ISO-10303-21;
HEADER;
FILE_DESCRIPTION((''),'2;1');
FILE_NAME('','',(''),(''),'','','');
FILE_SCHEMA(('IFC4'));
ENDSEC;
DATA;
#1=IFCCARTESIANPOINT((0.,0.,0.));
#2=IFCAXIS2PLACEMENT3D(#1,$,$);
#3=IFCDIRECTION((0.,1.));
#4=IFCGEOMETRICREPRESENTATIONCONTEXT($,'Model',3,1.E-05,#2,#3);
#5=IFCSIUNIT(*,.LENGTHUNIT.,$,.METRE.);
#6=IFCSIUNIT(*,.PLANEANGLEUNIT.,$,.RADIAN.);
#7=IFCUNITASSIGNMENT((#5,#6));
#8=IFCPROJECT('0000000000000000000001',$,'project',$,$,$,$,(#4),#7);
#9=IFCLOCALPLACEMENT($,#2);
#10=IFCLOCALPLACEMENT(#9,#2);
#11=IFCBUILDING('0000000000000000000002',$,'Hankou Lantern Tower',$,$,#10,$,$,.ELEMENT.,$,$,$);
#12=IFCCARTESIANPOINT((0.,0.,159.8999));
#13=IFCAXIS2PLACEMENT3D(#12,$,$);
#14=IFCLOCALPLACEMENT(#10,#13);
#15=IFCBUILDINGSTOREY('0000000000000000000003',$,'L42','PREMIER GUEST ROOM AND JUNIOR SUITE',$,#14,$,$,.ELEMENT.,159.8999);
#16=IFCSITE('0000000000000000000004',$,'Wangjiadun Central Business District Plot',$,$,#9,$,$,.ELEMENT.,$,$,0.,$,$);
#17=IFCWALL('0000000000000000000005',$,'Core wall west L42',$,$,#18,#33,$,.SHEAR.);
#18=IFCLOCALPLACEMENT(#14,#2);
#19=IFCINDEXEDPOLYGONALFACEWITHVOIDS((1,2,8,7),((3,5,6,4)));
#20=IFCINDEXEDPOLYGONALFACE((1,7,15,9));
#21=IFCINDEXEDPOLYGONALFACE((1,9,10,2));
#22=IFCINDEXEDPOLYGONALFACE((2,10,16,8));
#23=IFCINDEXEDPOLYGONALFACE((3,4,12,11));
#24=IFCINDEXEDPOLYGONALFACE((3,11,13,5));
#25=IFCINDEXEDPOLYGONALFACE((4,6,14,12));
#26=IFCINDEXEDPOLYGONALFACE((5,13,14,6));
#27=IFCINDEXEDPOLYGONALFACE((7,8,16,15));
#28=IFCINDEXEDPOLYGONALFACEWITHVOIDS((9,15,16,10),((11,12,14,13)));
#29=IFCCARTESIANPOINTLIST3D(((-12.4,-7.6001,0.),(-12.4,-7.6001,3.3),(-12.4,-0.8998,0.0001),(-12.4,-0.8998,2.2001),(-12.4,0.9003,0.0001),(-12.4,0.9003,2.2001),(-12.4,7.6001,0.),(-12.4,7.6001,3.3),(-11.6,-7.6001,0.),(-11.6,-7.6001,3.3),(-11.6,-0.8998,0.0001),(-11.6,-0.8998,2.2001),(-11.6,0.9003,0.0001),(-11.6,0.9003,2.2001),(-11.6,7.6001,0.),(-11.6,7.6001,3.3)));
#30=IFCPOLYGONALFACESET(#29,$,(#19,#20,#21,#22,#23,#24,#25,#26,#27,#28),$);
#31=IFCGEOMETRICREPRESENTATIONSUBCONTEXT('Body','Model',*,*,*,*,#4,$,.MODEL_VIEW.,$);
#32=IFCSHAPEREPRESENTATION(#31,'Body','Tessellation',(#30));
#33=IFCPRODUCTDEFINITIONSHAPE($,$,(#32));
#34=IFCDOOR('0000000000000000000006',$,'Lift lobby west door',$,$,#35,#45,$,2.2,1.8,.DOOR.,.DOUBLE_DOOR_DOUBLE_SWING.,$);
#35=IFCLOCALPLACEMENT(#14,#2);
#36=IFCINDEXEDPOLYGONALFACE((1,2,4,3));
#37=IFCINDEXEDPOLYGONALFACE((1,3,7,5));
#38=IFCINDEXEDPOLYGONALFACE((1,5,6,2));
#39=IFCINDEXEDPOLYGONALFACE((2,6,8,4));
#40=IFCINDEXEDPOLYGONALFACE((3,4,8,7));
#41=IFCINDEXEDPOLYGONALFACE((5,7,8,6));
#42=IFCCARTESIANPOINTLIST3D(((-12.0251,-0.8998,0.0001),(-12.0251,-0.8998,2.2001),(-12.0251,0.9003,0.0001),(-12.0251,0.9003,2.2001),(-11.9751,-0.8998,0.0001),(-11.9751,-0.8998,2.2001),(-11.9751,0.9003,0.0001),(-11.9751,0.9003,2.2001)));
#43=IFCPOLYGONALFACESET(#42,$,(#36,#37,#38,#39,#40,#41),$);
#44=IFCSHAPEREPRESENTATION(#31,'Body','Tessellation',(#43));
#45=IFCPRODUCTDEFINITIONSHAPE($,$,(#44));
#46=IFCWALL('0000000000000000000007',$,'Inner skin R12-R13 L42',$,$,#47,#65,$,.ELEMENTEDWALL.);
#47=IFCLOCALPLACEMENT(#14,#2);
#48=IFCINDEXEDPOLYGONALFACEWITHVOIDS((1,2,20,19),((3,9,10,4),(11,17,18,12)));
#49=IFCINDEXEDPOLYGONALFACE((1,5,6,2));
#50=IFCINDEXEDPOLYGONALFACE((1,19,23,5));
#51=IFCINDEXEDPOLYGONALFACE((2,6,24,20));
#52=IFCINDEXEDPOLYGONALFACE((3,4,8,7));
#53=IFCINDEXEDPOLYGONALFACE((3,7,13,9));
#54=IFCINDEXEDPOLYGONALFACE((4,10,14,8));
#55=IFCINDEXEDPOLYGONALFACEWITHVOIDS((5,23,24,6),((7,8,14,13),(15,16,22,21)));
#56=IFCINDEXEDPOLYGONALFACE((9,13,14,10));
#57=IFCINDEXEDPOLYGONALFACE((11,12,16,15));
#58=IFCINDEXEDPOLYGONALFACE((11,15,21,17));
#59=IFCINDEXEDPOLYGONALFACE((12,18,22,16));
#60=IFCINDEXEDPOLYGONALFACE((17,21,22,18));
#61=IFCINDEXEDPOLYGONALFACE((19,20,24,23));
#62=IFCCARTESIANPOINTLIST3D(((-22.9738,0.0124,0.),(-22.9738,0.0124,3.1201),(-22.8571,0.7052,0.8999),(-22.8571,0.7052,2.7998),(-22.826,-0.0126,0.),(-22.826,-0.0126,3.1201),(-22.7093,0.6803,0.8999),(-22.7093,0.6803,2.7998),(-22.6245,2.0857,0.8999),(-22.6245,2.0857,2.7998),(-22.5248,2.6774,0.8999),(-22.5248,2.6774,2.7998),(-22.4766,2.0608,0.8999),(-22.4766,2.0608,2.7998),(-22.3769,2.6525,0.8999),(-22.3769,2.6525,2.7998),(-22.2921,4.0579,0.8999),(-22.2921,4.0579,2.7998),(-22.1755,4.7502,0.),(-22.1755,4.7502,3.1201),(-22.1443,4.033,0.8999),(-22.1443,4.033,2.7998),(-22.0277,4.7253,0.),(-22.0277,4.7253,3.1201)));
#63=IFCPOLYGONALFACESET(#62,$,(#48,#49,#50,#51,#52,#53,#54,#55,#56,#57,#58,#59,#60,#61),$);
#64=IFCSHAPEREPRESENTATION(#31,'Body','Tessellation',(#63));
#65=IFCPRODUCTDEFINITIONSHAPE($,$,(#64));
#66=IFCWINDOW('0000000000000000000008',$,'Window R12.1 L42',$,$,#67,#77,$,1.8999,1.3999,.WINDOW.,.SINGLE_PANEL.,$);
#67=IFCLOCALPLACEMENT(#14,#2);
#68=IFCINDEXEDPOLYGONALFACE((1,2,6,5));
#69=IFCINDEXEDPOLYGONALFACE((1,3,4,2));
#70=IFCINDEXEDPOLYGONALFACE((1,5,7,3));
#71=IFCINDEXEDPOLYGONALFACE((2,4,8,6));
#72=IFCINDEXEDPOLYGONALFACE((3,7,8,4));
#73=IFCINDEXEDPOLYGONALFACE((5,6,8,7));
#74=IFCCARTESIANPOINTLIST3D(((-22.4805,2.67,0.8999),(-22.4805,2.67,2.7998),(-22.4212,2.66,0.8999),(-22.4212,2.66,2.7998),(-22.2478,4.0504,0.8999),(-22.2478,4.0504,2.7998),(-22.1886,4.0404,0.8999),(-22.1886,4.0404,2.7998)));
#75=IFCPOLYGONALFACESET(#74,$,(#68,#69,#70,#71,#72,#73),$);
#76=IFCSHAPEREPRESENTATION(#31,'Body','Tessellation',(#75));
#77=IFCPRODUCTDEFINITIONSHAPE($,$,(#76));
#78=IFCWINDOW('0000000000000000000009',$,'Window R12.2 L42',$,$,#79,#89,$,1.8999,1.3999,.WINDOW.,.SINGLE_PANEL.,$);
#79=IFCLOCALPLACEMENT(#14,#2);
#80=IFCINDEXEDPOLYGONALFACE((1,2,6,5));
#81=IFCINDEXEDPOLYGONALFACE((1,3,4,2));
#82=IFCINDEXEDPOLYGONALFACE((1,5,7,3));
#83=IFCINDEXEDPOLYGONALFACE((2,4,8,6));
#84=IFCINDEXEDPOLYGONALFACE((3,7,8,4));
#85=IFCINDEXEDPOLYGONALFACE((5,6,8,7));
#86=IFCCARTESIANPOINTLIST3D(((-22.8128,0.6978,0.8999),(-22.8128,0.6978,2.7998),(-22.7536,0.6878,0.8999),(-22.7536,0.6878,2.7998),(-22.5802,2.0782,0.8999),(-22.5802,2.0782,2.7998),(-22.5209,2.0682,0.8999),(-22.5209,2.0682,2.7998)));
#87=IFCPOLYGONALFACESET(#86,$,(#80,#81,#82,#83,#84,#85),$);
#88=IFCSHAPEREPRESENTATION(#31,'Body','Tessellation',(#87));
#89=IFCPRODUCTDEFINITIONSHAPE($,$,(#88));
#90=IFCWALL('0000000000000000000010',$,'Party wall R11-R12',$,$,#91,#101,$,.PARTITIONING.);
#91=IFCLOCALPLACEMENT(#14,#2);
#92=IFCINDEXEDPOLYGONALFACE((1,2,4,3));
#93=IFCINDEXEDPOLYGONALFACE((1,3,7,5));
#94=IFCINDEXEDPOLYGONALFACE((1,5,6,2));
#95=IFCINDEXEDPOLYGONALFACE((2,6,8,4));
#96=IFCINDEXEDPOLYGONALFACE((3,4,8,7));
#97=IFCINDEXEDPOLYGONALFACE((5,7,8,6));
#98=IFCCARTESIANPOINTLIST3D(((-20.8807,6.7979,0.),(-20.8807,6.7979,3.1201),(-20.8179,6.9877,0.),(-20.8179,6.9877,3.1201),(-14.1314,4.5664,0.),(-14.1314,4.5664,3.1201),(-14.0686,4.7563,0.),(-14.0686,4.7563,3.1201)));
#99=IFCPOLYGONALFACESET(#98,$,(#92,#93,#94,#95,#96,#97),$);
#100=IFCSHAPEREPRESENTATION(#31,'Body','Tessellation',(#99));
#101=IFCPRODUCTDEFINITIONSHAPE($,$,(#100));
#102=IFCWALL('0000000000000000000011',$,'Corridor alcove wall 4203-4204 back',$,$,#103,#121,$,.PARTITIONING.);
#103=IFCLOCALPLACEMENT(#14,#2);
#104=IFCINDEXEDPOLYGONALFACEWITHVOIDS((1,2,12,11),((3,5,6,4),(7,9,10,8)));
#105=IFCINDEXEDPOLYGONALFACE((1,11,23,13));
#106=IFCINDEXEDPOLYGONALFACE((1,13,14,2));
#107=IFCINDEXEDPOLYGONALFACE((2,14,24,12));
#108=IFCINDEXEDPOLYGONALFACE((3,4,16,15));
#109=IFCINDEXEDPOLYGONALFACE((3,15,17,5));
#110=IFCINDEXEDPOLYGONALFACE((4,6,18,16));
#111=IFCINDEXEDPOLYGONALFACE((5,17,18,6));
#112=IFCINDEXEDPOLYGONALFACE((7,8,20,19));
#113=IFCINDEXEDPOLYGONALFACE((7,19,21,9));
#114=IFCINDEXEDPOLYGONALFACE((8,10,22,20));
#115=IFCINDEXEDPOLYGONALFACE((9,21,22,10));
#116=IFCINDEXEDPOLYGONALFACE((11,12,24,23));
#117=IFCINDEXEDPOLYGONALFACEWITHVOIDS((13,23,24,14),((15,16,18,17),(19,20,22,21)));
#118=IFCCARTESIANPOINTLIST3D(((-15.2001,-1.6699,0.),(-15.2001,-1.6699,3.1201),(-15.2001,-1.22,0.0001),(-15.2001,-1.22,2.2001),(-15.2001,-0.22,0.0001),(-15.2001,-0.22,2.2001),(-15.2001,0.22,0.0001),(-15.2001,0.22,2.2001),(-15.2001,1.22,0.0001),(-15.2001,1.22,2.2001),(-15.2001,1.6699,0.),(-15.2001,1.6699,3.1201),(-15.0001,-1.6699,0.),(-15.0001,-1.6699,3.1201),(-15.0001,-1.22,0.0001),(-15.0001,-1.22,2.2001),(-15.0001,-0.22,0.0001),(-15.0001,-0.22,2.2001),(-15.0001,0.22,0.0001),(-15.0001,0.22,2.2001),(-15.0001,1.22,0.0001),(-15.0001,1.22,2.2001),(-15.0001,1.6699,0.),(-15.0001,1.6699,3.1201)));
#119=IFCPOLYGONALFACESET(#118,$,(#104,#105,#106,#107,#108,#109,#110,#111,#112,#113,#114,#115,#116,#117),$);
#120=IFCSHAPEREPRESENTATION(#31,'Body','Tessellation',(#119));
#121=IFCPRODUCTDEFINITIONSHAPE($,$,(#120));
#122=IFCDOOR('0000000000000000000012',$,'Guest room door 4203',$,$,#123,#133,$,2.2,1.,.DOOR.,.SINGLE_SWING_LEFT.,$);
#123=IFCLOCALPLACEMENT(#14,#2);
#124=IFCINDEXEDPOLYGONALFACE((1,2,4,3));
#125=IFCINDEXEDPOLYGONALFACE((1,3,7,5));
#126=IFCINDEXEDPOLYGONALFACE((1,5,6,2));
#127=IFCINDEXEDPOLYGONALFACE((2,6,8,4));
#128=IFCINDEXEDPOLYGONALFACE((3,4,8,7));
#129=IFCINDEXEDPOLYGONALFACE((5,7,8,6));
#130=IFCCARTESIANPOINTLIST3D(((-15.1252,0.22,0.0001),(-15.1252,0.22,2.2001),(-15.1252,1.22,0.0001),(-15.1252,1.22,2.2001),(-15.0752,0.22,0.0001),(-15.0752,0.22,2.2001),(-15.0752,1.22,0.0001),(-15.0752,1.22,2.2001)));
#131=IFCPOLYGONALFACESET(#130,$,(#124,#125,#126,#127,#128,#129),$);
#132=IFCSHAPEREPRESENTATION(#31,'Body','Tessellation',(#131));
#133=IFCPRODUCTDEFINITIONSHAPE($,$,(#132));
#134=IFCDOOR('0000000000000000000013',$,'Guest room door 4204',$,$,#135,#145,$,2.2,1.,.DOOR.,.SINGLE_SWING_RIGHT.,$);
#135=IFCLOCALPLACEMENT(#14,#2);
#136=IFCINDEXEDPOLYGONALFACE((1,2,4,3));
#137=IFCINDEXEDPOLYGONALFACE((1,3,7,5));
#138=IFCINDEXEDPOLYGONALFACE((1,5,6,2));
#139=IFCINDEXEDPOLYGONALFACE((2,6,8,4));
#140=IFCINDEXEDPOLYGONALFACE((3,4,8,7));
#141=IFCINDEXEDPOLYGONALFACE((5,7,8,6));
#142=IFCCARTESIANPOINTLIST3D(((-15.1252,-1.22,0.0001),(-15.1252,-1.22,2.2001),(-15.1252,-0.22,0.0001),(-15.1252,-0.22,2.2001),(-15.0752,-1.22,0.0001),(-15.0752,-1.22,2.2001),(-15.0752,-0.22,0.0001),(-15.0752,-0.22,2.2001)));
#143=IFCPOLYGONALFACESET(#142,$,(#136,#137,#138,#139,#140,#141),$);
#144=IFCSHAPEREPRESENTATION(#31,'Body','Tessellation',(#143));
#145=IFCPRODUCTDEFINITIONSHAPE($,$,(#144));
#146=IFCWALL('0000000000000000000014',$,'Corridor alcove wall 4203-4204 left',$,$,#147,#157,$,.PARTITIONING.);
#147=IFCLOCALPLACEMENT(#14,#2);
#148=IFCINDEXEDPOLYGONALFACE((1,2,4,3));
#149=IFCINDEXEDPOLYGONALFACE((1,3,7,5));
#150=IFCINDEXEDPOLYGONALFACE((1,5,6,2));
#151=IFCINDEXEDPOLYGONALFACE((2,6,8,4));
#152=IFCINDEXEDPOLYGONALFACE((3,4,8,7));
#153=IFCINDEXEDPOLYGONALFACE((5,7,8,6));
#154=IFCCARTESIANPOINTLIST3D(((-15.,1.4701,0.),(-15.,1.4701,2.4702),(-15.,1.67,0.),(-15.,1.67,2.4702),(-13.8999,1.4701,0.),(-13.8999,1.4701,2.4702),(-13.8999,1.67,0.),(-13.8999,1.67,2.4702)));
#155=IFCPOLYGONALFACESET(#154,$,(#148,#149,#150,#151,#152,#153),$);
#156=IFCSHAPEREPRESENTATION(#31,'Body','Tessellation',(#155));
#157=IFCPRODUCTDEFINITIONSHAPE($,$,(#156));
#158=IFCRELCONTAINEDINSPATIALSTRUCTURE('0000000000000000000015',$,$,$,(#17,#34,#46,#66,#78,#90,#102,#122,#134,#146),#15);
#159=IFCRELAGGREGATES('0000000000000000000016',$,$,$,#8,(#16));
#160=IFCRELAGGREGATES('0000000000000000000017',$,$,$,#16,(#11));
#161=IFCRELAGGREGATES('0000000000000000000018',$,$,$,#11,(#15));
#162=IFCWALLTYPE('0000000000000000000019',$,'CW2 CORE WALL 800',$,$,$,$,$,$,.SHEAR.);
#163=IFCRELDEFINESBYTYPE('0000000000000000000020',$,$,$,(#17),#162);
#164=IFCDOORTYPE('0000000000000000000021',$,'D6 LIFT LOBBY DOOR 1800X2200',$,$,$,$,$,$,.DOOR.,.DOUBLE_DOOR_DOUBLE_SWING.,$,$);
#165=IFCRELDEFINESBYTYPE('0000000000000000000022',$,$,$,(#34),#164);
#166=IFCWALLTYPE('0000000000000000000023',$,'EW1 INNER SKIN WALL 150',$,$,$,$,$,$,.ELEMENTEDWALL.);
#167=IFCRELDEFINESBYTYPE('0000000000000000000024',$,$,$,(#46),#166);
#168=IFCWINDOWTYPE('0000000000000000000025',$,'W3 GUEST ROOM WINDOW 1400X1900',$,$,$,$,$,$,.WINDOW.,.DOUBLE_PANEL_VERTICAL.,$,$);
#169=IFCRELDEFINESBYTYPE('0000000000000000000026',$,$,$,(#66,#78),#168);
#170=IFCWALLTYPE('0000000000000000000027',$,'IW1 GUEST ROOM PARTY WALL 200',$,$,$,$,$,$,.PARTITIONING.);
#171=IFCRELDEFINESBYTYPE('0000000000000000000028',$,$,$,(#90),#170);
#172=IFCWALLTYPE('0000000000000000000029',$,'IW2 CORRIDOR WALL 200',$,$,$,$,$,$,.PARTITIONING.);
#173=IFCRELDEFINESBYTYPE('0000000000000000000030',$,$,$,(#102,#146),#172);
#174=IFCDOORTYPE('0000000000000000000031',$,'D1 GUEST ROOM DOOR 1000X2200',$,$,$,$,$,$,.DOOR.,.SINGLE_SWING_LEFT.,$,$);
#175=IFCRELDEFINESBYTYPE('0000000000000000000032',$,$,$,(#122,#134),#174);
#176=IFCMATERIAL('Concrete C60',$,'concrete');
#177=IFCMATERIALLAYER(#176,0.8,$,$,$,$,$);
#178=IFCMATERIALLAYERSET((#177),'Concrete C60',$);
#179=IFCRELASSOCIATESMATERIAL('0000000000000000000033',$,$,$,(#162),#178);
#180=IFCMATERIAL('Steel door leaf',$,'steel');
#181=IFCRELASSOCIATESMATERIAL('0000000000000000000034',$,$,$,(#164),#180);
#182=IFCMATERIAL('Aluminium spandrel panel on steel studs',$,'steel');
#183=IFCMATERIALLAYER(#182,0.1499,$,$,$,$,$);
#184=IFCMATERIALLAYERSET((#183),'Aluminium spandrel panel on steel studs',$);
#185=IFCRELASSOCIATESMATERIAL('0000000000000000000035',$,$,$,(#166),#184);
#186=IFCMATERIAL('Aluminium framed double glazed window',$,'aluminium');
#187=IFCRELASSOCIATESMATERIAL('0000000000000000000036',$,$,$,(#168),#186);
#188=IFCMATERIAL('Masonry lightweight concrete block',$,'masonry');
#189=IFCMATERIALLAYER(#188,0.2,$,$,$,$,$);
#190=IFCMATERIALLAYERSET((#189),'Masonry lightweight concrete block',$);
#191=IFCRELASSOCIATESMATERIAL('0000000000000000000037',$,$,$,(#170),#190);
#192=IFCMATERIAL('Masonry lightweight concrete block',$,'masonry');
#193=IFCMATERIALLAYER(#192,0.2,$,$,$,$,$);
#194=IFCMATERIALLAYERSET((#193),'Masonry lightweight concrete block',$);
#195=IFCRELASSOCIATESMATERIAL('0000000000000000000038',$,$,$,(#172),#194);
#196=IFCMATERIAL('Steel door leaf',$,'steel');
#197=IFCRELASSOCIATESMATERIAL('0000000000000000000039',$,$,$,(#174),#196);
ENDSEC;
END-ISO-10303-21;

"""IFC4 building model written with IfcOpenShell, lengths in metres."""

from ifc_helpers import new_model, si_unit, direction, frame, frame_2d, origin, place, context, subcontext, project, spatial, rectangle, extrude, material, layer, layer_set, type_object, element, fill, save


model = new_model("IFC4")

# Units and contexts
model_context = context("Model", 3, precision=1e-05, world=origin(), true_north=direction((0.0, 1.0)))
body_context = subcontext(model_context, "Body", "Model", "MODEL_VIEW")
ifc_project = project(units=[si_unit("LENGTHUNIT", "METRE"), si_unit("PLANEANGLEUNIT", "RADIAN")], contexts=[model_context])

# Site, building, storey
site_placement = place(None, origin())
site = spatial("IfcSite", under=ifc_project, at=site_placement, Name="Wangjiadun Central Business District Plot", CompositionType="ELEMENT", RefElevation=0.0)
building_placement = place(site_placement, origin())
building = spatial("IfcBuilding", under=site, at=building_placement, Name="Hankou Lantern Tower", CompositionType="ELEMENT")
storey_placement = place(building_placement, frame((0.0, 0.0, 159.8999)))
storey = spatial("IfcBuildingStorey", under=building, at=storey_placement, Name="L42", Description="PREMIER GUEST ROOM AND JUNIOR SUITE", CompositionType="ELEMENT", Elevation=159.8999)

# Wall, opening, door
ifc_material_1 = material(Name="Concrete C60", Category="concrete")
ifc_layer_1 = layer(ifc_material_1, 0.8)
ifc_layer_set_1 = layer_set([ifc_layer_1], Name="Concrete C60")
wall_type_1 = type_object("IfcWallType", Name="CW2 CORE WALL 800", PredefinedType="SHEAR", material=ifc_layer_set_1)
wall_1_placement = place(storey_placement, frame((-12.0, 7.6001, 0.0), z_axis=(0.0, 0.0, 1.0), x_axis=(0.0, -1.0, 0.0)))
wall_1 = element("IfcWall", 1, at=wall_1_placement, inside=storey, type_object=wall_type_1, Name="Core wall west L42", PredefinedType="SHEAR", context=body_context, shape_type="SweptSolid", body=[
    extrude(rectangle(XDim=15.2002, YDim=0.8, at=frame_2d((7.6001, 0.0))), origin(), (0.0, 0.0, 1.0), 3.3),
])
opening_1_placement = place(wall_1_placement, frame((6.7, 0.0, 0.0)))
opening_1 = element("IfcOpeningElement", 2, at=opening_1_placement, cuts=wall_1, PredefinedType="OPENING", context=body_context, shape_type="SweptSolid", body=[
    extrude(rectangle(XDim=1.8, YDim=2.2, at=frame_2d((0.8999, 1.1001))), frame((0.0, 0.4099, 0.0), z_axis=(0.0, -1.0, 0.0), x_axis=(1.0, 0.0, 0.0)), (0.0, 0.0, 1.0), 0.8201),
])
ifc_material_2 = material(Name="Steel door leaf", Category="steel")
door_type_1 = type_object("IfcDoorType", Name="D6 LIFT LOBBY DOOR 1800X2200", OperationType="DOUBLE_DOOR_DOUBLE_SWING", PredefinedType="DOOR", material=ifc_material_2)
door_1_placement = place(opening_1_placement, origin())
door_1 = element("IfcDoor", 3, at=door_1_placement, inside=storey, type_object=door_type_1, Name="Lift lobby west door", OperationType="DOUBLE_DOOR_DOUBLE_SWING", OverallHeight=2.2, OverallWidth=1.8, PredefinedType="DOOR", context=body_context, shape_type="SweptSolid", body=[
    extrude(rectangle(XDim=1.8, YDim=2.2, at=frame_2d((0.8999, 1.1001))), frame((0.0, 0.0249, 0.0), z_axis=(0.0, -1.0, 0.0), x_axis=(1.0, 0.0, 0.0)), (0.0, 0.0, 1.0), 0.05),
])
fill(opening_1, door_1)

# Wall, openings, windows
ifc_material_3 = material(Name="Aluminium spandrel panel on steel studs", Category="steel")
ifc_layer_2 = layer(ifc_material_3, 0.1499)
ifc_layer_set_2 = layer_set([ifc_layer_2], Name="Aluminium spandrel panel on steel studs")
wall_type_2 = type_object("IfcWallType", Name="EW1 INNER SKIN WALL 150", PredefinedType="ELEMENTEDWALL", material=ifc_layer_set_2)
wall_2_placement = place(storey_placement, frame((-22.1016, 4.7378, 0.0), z_axis=(0.0, 0.0, 1.0), x_axis=(-0.166162, -0.986098, 0.0)))
wall_2 = element("IfcWall", 4, at=wall_2_placement, inside=storey, type_object=wall_type_2, Name="Inner skin R12-R13 L42", PredefinedType="ELEMENTEDWALL", context=body_context, shape_type="SweptSolid", body=[
    extrude(rectangle(XDim=4.8047, YDim=0.1499, at=frame_2d((2.4023, 0.0))), origin(), (0.0, 0.0, 1.0), 3.1201),
])
opening_2_placement = place(wall_2_placement, frame((0.7021, 0.0, 0.8999)))
opening_2 = element("IfcOpeningElement", 5, at=opening_2_placement, cuts=wall_2, PredefinedType="OPENING", context=body_context, shape_type="SweptSolid", body=[
    extrude(rectangle(XDim=1.3999, YDim=1.8999, at=frame_2d((0.7, 0.95))), frame((0.0, 0.085, 0.0), z_axis=(0.0, -1.0, 0.0), x_axis=(1.0, 0.0, 0.0)), (0.0, 0.0, 1.0), 0.1699),
])
opening_3_placement = place(wall_2_placement, frame((2.7021, 0.0, 0.8999)))
opening_3 = element("IfcOpeningElement", 6, at=opening_3_placement, cuts=wall_2, PredefinedType="OPENING", context=body_context, shape_type="SweptSolid", body=[
    extrude(rectangle(XDim=1.3999, YDim=1.8999, at=frame_2d((0.7, 0.95))), frame((0.0, 0.085, 0.0), z_axis=(0.0, -1.0, 0.0), x_axis=(1.0, 0.0, 0.0)), (0.0, 0.0, 1.0), 0.1699),
])
ifc_material_4 = material(Name="Aluminium framed double glazed window", Category="aluminium")
window_type = type_object("IfcWindowType", Name="W3 GUEST ROOM WINDOW 1400X1900", PartitioningType="DOUBLE_PANEL_VERTICAL", PredefinedType="WINDOW", material=ifc_material_4)
window_1_placement = place(opening_2_placement, origin())
window_1 = element("IfcWindow", 7, at=window_1_placement, inside=storey, type_object=window_type, Name="Window R12.1 L42", OverallHeight=1.8999, OverallWidth=1.3999, PartitioningType="SINGLE_PANEL", PredefinedType="WINDOW", context=body_context, shape_type="SweptSolid", body=[
    extrude(rectangle(XDim=1.3999, YDim=1.8999, at=frame_2d((0.7, 0.95))), frame((0.0, 0.03, 0.0), z_axis=(0.0, -1.0, 0.0), x_axis=(1.0, 0.0, 0.0)), (0.0, 0.0, 1.0), 0.0601),
])
fill(opening_2, window_1)
window_2_placement = place(opening_3_placement, origin())
window_2 = element("IfcWindow", 8, at=window_2_placement, inside=storey, type_object=window_type, Name="Window R12.2 L42", OverallHeight=1.8999, OverallWidth=1.3999, PartitioningType="SINGLE_PANEL", PredefinedType="WINDOW", context=body_context, shape_type="SweptSolid", body=[
    extrude(rectangle(XDim=1.3999, YDim=1.8999, at=frame_2d((0.7, 0.95))), frame((0.0, 0.03, 0.0), z_axis=(0.0, -1.0, 0.0), x_axis=(1.0, 0.0, 0.0)), (0.0, 0.0, 1.0), 0.0601),
])
fill(opening_3, window_2)

# Wall
ifc_material_5 = material(Name="Masonry lightweight concrete block", Category="masonry")
ifc_layer_3 = layer(ifc_material_5, 0.2)
ifc_layer_set_3 = layer_set([ifc_layer_3], Name="Masonry lightweight concrete block")
wall_type_3 = type_object("IfcWallType", Name="IW1 GUEST ROOM PARTY WALL 200", PredefinedType="PARTITIONING", material=ifc_layer_set_3)
wall_3_placement = place(storey_placement, frame((-14.1001, 4.6614, 0.0), z_axis=(0.0, 0.0, 1.0), x_axis=(-0.949453, 0.313909, 0.0)))
element("IfcWall", 9, at=wall_3_placement, inside=storey, type_object=wall_type_3, Name="Party wall R11-R12", PredefinedType="PARTITIONING", context=body_context, shape_type="SweptSolid", body=[
    extrude(rectangle(XDim=7.1086, YDim=0.2, at=frame_2d((3.5542, 0.0))), origin(), (0.0, 0.0, 1.0), 3.1201),
])

# Wall, openings, doors
ifc_material_6 = material(Name="Masonry lightweight concrete block", Category="masonry")
ifc_layer_4 = layer(ifc_material_6, 0.2)
ifc_layer_set_4 = layer_set([ifc_layer_4], Name="Masonry lightweight concrete block")
wall_type_4 = type_object("IfcWallType", Name="IW2 CORRIDOR WALL 200", PredefinedType="PARTITIONING", material=ifc_layer_set_4)
wall_4_placement = place(storey_placement, frame((-15.1001, 1.6699, 0.0), z_axis=(0.0, 0.0, 1.0), x_axis=(0.0, -1.0, 0.0)))
wall_4 = element("IfcWall", 10, at=wall_4_placement, inside=storey, type_object=wall_type_4, Name="Corridor alcove wall 4203-4204 back", PredefinedType="PARTITIONING", context=body_context, shape_type="SweptSolid", body=[
    extrude(rectangle(XDim=3.3398, YDim=0.2, at=frame_2d((1.6699, 0.0))), origin(), (0.0, 0.0, 1.0), 3.1201),
])
opening_4_placement = place(wall_4_placement, frame((0.45, 0.0, 0.0)))
opening_4 = element("IfcOpeningElement", 11, at=opening_4_placement, cuts=wall_4, PredefinedType="OPENING", context=body_context, shape_type="SweptSolid", body=[
    extrude(rectangle(XDim=1.0, YDim=2.2, at=frame_2d((0.5, 1.1001))), frame((0.0, 0.1099, 0.0), z_axis=(0.0, -1.0, 0.0), x_axis=(1.0, 0.0, 0.0)), (0.0, 0.0, 1.0), 0.22),
])
opening_5_placement = place(wall_4_placement, frame((1.8899, 0.0, 0.0)))
opening_5 = element("IfcOpeningElement", 12, at=opening_5_placement, cuts=wall_4, PredefinedType="OPENING", context=body_context, shape_type="SweptSolid", body=[
    extrude(rectangle(XDim=1.0, YDim=2.2, at=frame_2d((0.5, 1.1001))), frame((0.0, 0.1099, 0.0), z_axis=(0.0, -1.0, 0.0), x_axis=(1.0, 0.0, 0.0)), (0.0, 0.0, 1.0), 0.22),
])
ifc_material_7 = material(Name="Steel door leaf", Category="steel")
door_type_2 = type_object("IfcDoorType", Name="D1 GUEST ROOM DOOR 1000X2200", OperationType="SINGLE_SWING_LEFT", PredefinedType="DOOR", material=ifc_material_7)
door_2_placement = place(opening_4_placement, origin())
door_2 = element("IfcDoor", 13, at=door_2_placement, inside=storey, type_object=door_type_2, Name="Guest room door 4203", OperationType="SINGLE_SWING_LEFT", OverallHeight=2.2, OverallWidth=1.0, PredefinedType="DOOR", context=body_context, shape_type="SweptSolid", body=[
    extrude(rectangle(XDim=1.0, YDim=2.2, at=frame_2d((0.5, 1.1001))), frame((0.0, 0.0249, 0.0), z_axis=(0.0, -1.0, 0.0), x_axis=(1.0, 0.0, 0.0)), (0.0, 0.0, 1.0), 0.05),
])
fill(opening_4, door_2)
door_3_placement = place(opening_5_placement, origin())
door_3 = element("IfcDoor", 14, at=door_3_placement, inside=storey, type_object=door_type_2, Name="Guest room door 4204", OperationType="SINGLE_SWING_RIGHT", OverallHeight=2.2, OverallWidth=1.0, PredefinedType="DOOR", context=body_context, shape_type="SweptSolid", body=[
    extrude(rectangle(XDim=1.0, YDim=2.2, at=frame_2d((0.5, 1.1001))), frame((0.0, 0.0249, 0.0), z_axis=(0.0, -1.0, 0.0), x_axis=(1.0, 0.0, 0.0)), (0.0, 0.0, 1.0), 0.05),
])
fill(opening_5, door_3)

# Wall
wall_5_placement = place(storey_placement, frame((-13.8999, 1.5701, 0.0), z_axis=(0.0, 0.0, 1.0), x_axis=(-1.0, 0.0, 0.0)))
element("IfcWall", 15, at=wall_5_placement, inside=storey, type_object=wall_type_4, Name="Corridor alcove wall 4203-4204 left", PredefinedType="PARTITIONING", context=body_context, shape_type="SweptSolid", body=[
    extrude(rectangle(XDim=1.1001, YDim=0.2, at=frame_2d((0.55, 0.0))), origin(), (0.0, 0.0, 1.0), 2.4702),
])

save(model, "model.ifc")
